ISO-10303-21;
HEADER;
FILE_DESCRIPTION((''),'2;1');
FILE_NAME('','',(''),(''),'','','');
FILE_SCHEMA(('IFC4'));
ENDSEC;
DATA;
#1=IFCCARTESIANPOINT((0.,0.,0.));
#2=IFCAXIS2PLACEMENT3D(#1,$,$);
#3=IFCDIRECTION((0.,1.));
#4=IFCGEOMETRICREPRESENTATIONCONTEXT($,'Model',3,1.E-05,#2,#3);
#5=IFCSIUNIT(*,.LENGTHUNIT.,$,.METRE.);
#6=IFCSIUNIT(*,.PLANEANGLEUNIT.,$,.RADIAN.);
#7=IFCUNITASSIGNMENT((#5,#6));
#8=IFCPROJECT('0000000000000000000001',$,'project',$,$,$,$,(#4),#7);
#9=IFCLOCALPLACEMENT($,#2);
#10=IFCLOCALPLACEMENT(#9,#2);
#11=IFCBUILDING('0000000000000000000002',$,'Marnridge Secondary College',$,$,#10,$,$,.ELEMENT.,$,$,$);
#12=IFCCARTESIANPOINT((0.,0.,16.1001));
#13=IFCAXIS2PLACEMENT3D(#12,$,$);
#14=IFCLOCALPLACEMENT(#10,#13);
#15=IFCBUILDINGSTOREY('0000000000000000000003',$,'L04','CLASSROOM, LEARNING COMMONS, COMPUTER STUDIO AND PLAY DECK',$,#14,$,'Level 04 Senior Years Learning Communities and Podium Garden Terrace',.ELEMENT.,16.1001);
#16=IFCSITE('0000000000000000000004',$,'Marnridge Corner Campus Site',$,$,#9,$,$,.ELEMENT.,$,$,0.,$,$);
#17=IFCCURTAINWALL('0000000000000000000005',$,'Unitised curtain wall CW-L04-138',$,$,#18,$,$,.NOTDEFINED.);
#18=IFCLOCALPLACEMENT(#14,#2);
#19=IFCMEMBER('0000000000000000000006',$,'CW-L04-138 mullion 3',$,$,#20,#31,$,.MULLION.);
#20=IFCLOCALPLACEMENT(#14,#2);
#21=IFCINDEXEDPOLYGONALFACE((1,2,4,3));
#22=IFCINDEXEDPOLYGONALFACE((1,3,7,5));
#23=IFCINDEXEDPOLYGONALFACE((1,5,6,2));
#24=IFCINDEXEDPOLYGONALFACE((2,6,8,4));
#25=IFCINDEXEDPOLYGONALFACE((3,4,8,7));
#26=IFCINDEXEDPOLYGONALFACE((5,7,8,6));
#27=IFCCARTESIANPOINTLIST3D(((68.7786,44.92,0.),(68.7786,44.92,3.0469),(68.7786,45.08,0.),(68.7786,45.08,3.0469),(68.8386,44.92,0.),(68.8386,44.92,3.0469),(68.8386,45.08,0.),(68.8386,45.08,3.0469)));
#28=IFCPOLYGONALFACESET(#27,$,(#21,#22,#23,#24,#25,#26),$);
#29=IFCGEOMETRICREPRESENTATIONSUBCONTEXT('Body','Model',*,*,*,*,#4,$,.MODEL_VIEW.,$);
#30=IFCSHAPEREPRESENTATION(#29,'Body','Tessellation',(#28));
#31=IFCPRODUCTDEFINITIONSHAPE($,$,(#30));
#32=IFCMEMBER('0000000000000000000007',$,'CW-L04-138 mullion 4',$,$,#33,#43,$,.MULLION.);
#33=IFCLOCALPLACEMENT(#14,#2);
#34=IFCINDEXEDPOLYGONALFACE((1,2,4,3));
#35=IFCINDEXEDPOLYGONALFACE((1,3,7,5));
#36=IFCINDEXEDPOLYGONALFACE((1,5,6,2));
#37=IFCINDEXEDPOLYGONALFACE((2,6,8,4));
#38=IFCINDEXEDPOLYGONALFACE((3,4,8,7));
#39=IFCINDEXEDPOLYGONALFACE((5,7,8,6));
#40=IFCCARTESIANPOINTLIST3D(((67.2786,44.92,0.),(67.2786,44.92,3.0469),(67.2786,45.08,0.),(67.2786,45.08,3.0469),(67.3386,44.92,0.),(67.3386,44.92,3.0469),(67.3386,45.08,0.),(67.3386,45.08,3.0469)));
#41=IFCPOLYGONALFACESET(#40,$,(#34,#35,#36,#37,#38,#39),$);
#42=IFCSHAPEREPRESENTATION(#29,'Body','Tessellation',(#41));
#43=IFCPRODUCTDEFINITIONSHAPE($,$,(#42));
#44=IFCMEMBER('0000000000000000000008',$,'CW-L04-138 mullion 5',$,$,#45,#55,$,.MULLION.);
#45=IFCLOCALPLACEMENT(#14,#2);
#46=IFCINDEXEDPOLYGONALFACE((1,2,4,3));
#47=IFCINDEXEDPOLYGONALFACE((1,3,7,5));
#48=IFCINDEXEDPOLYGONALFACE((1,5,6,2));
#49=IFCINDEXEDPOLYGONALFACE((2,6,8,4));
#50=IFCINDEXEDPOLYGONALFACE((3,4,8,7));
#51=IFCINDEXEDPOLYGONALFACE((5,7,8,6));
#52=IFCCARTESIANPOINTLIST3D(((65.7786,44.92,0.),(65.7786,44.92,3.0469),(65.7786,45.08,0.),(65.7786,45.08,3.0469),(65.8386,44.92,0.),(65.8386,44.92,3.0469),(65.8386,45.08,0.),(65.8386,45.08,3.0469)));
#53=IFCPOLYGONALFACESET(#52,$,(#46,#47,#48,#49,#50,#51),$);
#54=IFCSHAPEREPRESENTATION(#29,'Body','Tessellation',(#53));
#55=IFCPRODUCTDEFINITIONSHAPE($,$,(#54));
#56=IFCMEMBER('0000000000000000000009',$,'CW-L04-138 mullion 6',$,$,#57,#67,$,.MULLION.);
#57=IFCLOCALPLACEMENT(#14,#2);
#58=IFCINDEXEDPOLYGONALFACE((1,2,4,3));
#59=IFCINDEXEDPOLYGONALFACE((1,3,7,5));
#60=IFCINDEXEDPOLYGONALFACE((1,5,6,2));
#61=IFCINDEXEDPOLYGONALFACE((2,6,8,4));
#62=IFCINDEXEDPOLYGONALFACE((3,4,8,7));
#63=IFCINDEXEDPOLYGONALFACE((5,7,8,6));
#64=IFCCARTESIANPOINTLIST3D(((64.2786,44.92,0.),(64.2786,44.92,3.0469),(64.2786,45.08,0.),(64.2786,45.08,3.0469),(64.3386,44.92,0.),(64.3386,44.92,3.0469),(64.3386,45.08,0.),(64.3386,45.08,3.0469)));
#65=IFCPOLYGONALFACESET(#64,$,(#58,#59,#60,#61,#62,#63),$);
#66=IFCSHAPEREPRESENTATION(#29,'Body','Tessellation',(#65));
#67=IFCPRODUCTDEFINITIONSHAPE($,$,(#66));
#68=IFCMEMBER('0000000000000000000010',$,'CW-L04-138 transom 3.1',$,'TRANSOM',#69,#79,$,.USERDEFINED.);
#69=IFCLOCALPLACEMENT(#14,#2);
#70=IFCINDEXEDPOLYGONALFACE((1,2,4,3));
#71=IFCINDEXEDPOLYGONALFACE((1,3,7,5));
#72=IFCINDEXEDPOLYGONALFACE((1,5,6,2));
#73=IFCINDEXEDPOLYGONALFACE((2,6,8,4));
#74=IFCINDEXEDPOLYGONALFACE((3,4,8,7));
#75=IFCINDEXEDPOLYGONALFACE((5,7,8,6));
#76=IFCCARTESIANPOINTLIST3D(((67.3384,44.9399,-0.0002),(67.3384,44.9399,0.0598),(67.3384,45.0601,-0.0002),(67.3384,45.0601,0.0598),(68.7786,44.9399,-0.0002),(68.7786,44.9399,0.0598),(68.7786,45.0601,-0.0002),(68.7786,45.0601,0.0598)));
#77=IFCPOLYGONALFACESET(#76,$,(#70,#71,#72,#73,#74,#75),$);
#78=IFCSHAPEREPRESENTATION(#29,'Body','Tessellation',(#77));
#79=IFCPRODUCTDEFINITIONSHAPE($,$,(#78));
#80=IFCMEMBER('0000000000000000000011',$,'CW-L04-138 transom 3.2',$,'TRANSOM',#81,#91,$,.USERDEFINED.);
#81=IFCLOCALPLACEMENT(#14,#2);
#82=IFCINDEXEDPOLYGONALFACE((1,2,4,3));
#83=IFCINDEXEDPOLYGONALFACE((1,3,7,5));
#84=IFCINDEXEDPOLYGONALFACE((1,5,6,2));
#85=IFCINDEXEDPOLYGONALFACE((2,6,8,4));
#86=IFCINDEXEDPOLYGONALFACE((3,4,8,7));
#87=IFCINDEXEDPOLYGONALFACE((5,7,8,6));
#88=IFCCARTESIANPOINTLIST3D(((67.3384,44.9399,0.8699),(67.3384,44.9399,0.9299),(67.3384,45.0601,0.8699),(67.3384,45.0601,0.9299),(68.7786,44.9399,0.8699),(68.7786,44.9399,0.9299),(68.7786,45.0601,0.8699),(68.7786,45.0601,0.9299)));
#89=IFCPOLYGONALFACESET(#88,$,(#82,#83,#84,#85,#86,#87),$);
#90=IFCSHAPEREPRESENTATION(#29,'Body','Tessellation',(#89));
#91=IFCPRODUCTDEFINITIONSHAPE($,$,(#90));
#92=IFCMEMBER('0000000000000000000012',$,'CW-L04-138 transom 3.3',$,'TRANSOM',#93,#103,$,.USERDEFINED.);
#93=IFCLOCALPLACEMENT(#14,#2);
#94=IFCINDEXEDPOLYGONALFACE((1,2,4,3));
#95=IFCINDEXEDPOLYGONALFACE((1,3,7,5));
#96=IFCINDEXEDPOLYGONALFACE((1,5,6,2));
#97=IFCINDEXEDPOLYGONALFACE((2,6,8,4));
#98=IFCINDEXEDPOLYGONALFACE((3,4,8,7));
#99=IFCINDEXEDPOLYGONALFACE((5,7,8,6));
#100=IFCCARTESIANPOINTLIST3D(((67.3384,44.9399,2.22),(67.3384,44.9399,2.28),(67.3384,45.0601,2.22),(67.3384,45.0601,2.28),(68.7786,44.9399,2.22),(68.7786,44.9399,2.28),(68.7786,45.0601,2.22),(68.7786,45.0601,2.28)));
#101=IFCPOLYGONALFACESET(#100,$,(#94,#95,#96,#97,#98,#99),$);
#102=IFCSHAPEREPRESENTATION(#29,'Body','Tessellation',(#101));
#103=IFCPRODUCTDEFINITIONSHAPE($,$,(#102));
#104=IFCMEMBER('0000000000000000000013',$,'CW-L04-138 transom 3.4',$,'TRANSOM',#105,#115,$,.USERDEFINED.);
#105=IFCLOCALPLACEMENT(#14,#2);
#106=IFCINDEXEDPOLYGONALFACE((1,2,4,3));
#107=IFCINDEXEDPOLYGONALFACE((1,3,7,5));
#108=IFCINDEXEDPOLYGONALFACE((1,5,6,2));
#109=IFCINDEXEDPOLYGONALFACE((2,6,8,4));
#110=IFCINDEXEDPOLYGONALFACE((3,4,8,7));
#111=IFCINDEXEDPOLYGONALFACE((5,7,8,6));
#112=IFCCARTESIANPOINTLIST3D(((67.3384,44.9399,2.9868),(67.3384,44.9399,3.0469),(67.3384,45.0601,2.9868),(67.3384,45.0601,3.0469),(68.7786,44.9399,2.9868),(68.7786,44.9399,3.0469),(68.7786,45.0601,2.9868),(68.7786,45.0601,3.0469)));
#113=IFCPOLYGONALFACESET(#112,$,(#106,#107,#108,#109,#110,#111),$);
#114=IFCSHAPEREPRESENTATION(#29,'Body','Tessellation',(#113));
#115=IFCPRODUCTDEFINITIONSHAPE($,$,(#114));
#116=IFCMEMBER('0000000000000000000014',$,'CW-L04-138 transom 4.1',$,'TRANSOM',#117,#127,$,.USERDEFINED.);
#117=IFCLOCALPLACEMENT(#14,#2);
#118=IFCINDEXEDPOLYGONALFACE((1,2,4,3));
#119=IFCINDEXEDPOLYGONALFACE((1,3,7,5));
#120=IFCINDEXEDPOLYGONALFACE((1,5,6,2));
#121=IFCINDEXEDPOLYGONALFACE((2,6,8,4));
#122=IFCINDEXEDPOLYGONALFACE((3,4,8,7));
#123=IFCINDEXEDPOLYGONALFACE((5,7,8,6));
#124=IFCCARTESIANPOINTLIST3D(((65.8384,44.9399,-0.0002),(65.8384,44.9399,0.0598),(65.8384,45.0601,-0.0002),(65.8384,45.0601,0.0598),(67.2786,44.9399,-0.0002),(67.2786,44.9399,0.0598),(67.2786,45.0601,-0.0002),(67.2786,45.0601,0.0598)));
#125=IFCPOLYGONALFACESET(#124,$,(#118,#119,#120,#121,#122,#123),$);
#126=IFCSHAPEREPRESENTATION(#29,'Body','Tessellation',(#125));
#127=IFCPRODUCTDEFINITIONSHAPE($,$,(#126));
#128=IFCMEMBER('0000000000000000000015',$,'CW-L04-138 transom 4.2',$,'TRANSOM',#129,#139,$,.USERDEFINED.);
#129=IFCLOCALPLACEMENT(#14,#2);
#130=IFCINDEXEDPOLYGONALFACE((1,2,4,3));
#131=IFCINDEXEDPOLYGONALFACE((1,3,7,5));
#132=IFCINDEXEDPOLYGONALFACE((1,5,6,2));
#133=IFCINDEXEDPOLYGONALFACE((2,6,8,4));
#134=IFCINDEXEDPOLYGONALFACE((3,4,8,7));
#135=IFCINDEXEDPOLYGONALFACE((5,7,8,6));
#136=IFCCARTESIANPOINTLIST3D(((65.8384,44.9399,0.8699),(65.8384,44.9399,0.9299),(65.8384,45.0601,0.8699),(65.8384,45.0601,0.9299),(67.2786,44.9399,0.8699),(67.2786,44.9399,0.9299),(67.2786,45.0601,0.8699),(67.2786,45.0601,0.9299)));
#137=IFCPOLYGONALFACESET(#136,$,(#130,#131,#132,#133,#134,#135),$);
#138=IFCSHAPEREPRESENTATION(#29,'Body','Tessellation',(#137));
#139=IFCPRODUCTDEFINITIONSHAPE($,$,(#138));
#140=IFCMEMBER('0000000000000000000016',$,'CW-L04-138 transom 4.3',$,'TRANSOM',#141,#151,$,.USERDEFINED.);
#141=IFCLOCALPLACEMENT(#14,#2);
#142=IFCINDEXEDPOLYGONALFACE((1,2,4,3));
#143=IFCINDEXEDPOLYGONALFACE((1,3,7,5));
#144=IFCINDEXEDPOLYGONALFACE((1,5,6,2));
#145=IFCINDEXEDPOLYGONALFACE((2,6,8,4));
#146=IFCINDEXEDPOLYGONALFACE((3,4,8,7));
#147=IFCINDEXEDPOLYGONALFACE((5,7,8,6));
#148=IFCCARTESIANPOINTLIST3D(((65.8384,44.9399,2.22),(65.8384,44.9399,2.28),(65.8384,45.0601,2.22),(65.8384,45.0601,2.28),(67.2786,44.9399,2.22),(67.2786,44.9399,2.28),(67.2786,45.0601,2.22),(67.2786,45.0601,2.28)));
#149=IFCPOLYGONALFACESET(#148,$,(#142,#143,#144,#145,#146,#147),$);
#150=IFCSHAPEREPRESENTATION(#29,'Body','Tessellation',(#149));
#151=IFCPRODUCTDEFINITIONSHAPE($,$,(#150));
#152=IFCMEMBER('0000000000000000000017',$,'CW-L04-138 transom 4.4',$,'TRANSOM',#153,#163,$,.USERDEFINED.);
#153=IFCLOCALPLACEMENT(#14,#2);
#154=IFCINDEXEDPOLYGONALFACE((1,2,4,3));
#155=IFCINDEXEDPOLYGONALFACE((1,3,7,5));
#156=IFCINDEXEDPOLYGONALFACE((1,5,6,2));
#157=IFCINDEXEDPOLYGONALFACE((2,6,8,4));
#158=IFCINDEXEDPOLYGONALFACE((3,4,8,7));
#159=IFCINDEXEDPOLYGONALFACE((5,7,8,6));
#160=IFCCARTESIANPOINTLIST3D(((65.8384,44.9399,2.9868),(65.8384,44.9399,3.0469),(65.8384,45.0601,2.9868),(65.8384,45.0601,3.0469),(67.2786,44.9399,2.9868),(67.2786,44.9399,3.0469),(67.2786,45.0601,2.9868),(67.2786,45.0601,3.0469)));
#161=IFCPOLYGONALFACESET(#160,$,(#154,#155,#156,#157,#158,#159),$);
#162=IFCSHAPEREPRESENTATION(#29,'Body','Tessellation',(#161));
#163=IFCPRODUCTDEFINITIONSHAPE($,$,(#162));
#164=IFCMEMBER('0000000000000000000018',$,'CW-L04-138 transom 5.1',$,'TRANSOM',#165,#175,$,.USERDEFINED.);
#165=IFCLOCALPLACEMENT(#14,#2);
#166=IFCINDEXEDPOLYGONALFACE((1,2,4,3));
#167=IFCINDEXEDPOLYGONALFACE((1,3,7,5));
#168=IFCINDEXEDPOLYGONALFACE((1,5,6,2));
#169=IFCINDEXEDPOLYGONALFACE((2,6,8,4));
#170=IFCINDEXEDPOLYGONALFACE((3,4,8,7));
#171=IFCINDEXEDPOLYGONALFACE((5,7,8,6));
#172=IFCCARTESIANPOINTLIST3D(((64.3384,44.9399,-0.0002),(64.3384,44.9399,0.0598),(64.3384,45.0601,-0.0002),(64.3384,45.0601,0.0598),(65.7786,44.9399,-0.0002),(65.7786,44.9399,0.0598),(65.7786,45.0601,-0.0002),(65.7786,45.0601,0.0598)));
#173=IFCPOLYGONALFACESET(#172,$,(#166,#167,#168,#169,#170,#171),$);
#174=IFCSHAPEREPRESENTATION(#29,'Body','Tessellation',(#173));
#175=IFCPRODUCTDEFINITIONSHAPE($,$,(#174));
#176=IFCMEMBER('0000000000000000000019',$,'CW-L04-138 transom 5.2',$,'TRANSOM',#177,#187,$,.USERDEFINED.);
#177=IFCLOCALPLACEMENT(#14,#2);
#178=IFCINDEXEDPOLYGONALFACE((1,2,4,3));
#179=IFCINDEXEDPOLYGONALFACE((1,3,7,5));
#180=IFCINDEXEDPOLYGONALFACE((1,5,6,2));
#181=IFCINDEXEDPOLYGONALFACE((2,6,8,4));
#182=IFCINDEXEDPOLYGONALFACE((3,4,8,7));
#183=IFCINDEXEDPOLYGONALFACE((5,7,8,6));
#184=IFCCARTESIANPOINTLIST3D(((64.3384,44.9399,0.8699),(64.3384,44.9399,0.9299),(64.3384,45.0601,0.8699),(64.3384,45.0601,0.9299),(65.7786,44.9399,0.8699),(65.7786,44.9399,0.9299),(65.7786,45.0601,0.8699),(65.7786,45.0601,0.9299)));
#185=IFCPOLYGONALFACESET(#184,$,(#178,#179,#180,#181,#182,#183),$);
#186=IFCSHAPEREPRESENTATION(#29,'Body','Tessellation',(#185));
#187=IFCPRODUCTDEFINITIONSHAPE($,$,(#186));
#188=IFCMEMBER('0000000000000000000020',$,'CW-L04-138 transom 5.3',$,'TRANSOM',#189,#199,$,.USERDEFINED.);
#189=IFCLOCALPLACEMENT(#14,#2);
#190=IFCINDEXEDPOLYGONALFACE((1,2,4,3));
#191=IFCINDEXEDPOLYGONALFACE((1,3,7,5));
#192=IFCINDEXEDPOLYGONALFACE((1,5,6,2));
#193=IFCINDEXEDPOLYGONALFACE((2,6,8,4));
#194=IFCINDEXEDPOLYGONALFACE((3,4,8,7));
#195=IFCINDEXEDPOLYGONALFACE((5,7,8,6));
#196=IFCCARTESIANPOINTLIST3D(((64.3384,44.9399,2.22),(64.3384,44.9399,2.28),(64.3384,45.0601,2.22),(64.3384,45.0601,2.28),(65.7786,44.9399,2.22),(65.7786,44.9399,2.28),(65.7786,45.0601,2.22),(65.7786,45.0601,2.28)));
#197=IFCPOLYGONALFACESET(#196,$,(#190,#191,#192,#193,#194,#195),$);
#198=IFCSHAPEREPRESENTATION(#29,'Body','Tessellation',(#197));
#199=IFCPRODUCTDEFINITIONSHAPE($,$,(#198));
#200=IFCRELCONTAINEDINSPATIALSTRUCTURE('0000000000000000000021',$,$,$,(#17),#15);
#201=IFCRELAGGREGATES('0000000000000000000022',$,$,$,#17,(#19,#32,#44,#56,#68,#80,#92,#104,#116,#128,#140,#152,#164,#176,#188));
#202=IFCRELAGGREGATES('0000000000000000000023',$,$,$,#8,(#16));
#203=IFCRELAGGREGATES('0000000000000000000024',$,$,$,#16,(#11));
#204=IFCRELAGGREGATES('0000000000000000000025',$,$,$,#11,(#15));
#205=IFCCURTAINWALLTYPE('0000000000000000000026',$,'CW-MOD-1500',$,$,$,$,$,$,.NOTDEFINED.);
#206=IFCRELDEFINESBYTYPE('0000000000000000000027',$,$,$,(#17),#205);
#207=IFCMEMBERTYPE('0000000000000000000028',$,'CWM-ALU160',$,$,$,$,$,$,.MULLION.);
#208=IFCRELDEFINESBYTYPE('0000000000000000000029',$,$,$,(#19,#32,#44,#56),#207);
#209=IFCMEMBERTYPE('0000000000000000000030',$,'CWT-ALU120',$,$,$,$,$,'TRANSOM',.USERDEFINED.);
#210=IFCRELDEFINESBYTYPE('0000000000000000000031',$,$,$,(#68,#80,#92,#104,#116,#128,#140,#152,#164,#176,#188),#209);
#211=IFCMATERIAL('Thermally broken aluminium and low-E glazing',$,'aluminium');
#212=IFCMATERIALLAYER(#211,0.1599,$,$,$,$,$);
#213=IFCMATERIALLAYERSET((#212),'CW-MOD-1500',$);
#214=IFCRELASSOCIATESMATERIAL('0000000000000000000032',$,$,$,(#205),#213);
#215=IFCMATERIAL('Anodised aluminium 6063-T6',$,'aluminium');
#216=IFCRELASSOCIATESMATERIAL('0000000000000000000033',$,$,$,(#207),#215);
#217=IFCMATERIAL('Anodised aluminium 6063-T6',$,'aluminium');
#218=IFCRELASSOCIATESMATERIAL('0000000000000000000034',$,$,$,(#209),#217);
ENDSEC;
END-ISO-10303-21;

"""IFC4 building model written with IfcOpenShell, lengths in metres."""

from ifc_helpers import new_model, si_unit, direction, frame, origin, origin_2d, place, context, subcontext, project, spatial, rectangle, extrude, material, layer, layer_set, material_profile, profile_set, type_object, element, aggregate, save


model = new_model("IFC4")

# Units and contexts
model_context = context("Model", 3, precision=1e-05, world=origin(), true_north=direction((0.0, 1.0)))
body_context = subcontext(model_context, "Body", "Model", "MODEL_VIEW")
ifc_project = project(units=[si_unit("LENGTHUNIT", "METRE"), si_unit("PLANEANGLEUNIT", "RADIAN")], contexts=[model_context])

# Site, building, storey
site_placement = place(None, origin())
site = spatial("IfcSite", under=ifc_project, at=site_placement, Name="Marnridge Corner Campus Site", CompositionType="ELEMENT", RefElevation=0.0)
building_placement = place(site_placement, origin())
building = spatial("IfcBuilding", under=site, at=building_placement, Name="Marnridge Secondary College", CompositionType="ELEMENT")
storey_placement = place(building_placement, frame((0.0, 0.0, 16.1001)))
storey = spatial("IfcBuildingStorey", under=building, at=storey_placement, Name="L04", Description="CLASSROOM, LEARNING COMMONS, COMPUTER STUDIO AND PLAY DECK", LongName="Level 04 Senior Years Learning Communities and Podium Garden Terrace", CompositionType="ELEMENT", Elevation=16.1001)

# Curtain wall, members
ifc_material_1 = material(Name="Thermally broken aluminium and low-E glazing", Category="aluminium")
ifc_layer_1 = layer(ifc_material_1, 0.1599)
ifc_layer_set_1 = layer_set([ifc_layer_1], Name="CW-MOD-1500")
curtain_wall_type = type_object("IfcCurtainWallType", Name="CW-MOD-1500", PredefinedType="NOTDEFINED", material=ifc_layer_set_1)
curtain_wall_placement = place(storey_placement, origin())
curtain_wall = element("IfcCurtainWall", 1, at=curtain_wall_placement, inside=storey, type_object=curtain_wall_type, Name="Unitised curtain wall CW-L04-138", PredefinedType="NOTDEFINED")
ifc_material_2 = material(Name="Anodised aluminium 6063-T6", Category="aluminium")
ifc_material_profile_1 = material_profile(ifc_material_2, rectangle(XDim=0.0601, YDim=0.1599, at=origin_2d()), Name="ALU 60x160")
ifc_profile_set_1 = profile_set([ifc_material_profile_1], Name="Anodised aluminium 6063-T6")
member_type_1 = type_object("IfcMemberType", Name="CWM-ALU160", PredefinedType="MULLION", material=ifc_profile_set_1)
member_1_placement = place(storey_placement, frame((68.8086, 45.0, 0.0), z_axis=(0.0, 0.0, 1.0), x_axis=(-1.0, 0.0, 0.0)))
member_1 = element("IfcMember", 2, at=member_1_placement, type_object=member_type_1, Name="CW-L04-138 mullion 3", PredefinedType="MULLION", context=body_context, shape_type="SweptSolid", body=[
    extrude(rectangle(XDim=0.0601, YDim=0.1599, at=origin_2d()), origin(), (0.0, 0.0, 1.0), 3.0469),
])
member_2_placement = place(storey_placement, frame((67.3086, 45.0, 0.0), z_axis=(0.0, 0.0, 1.0), x_axis=(-1.0, 0.0, 0.0)))
member_2 = element("IfcMember", 3, at=member_2_placement, type_object=member_type_1, Name="CW-L04-138 mullion 4", PredefinedType="MULLION", context=body_context, shape_type="SweptSolid", body=[
    extrude(rectangle(XDim=0.0601, YDim=0.1599, at=origin_2d()), origin(), (0.0, 0.0, 1.0), 3.0469),
])
member_3_placement = place(storey_placement, frame((65.8086, 45.0, 0.0), z_axis=(0.0, 0.0, 1.0), x_axis=(-1.0, 0.0, 0.0)))
member_3 = element("IfcMember", 4, at=member_3_placement, type_object=member_type_1, Name="CW-L04-138 mullion 5", PredefinedType="MULLION", context=body_context, shape_type="SweptSolid", body=[
    extrude(rectangle(XDim=0.0601, YDim=0.1599, at=origin_2d()), origin(), (0.0, 0.0, 1.0), 3.0469),
])
member_4_placement = place(storey_placement, frame((64.3086, 45.0, 0.0), z_axis=(0.0, 0.0, 1.0), x_axis=(-1.0, 0.0, 0.0)))
member_4 = element("IfcMember", 5, at=member_4_placement, type_object=member_type_1, Name="CW-L04-138 mullion 6", PredefinedType="MULLION", context=body_context, shape_type="SweptSolid", body=[
    extrude(rectangle(XDim=0.0601, YDim=0.1599, at=origin_2d()), origin(), (0.0, 0.0, 1.0), 3.0469),
])
ifc_material_3 = material(Name="Anodised aluminium 6063-T6", Category="aluminium")
ifc_material_profile_2 = material_profile(ifc_material_3, rectangle(XDim=0.0601, YDim=0.1201, at=origin_2d()), Name="ALU 60x120")
ifc_profile_set_2 = profile_set([ifc_material_profile_2], Name="Anodised aluminium 6063-T6")
member_type_2 = type_object("IfcMemberType", Name="CWT-ALU120", ElementType="TRANSOM", PredefinedType="USERDEFINED", material=ifc_profile_set_2)
member_5_placement = place(storey_placement, frame((68.7786, 45.0, 0.0298), z_axis=(-1.0, 0.0, 0.0), x_axis=(0.0, 0.0, 1.0)))
member_5 = element("IfcMember", 6, at=member_5_placement, type_object=member_type_2, Name="CW-L04-138 transom 3.1", ObjectType="TRANSOM", PredefinedType="USERDEFINED", context=body_context, shape_type="SweptSolid", body=[
    extrude(rectangle(XDim=0.0601, YDim=0.1201, at=origin_2d()), origin(), (0.0, 0.0, 1.0), 1.4402),
])
member_6_placement = place(storey_placement, frame((68.7786, 45.0, 0.8999), z_axis=(-1.0, 0.0, 0.0), x_axis=(0.0, 0.0, 1.0)))
member_6 = element("IfcMember", 7, at=member_6_placement, type_object=member_type_2, Name="CW-L04-138 transom 3.2", ObjectType="TRANSOM", PredefinedType="USERDEFINED", context=body_context, shape_type="SweptSolid", body=[
    extrude(rectangle(XDim=0.0601, YDim=0.1201, at=origin_2d()), origin(), (0.0, 0.0, 1.0), 1.4402),
])
member_7_placement = place(storey_placement, frame((68.7786, 45.0, 2.25), z_axis=(-1.0, 0.0, 0.0), x_axis=(0.0, 0.0, 1.0)))
member_7 = element("IfcMember", 8, at=member_7_placement, type_object=member_type_2, Name="CW-L04-138 transom 3.3", ObjectType="TRANSOM", PredefinedType="USERDEFINED", context=body_context, shape_type="SweptSolid", body=[
    extrude(rectangle(XDim=0.0601, YDim=0.1201, at=origin_2d()), origin(), (0.0, 0.0, 1.0), 1.4402),
])
member_8_placement = place(storey_placement, frame((68.7786, 45.0, 3.0168), z_axis=(-1.0, 0.0, 0.0), x_axis=(0.0, 0.0, 1.0)))
member_8 = element("IfcMember", 9, at=member_8_placement, type_object=member_type_2, Name="CW-L04-138 transom 3.4", ObjectType="TRANSOM", PredefinedType="USERDEFINED", context=body_context, shape_type="SweptSolid", body=[
    extrude(rectangle(XDim=0.0601, YDim=0.1201, at=origin_2d()), origin(), (0.0, 0.0, 1.0), 1.4402),
])
member_9_placement = place(storey_placement, frame((67.2786, 45.0, 0.0298), z_axis=(-1.0, 0.0, 0.0), x_axis=(0.0, 0.0, 1.0)))
member_9 = element("IfcMember", 10, at=member_9_placement, type_object=member_type_2, Name="CW-L04-138 transom 4.1", ObjectType="TRANSOM", PredefinedType="USERDEFINED", context=body_context, shape_type="SweptSolid", body=[
    extrude(rectangle(XDim=0.0601, YDim=0.1201, at=origin_2d()), origin(), (0.0, 0.0, 1.0), 1.4402),
])
member_10_placement = place(storey_placement, frame((67.2786, 45.0, 0.8999), z_axis=(-1.0, 0.0, 0.0), x_axis=(0.0, 0.0, 1.0)))
member_10 = element("IfcMember", 11, at=member_10_placement, type_object=member_type_2, Name="CW-L04-138 transom 4.2", ObjectType="TRANSOM", PredefinedType="USERDEFINED", context=body_context, shape_type="SweptSolid", body=[
    extrude(rectangle(XDim=0.0601, YDim=0.1201, at=origin_2d()), origin(), (0.0, 0.0, 1.0), 1.4402),
])
member_11_placement = place(storey_placement, frame((67.2786, 45.0, 2.25), z_axis=(-1.0, 0.0, 0.0), x_axis=(0.0, 0.0, 1.0)))
member_11 = element("IfcMember", 12, at=member_11_placement, type_object=member_type_2, Name="CW-L04-138 transom 4.3", ObjectType="TRANSOM", PredefinedType="USERDEFINED", context=body_context, shape_type="SweptSolid", body=[
    extrude(rectangle(XDim=0.0601, YDim=0.1201, at=origin_2d()), origin(), (0.0, 0.0, 1.0), 1.4402),
])
member_12_placement = place(storey_placement, frame((67.2786, 45.0, 3.0168), z_axis=(-1.0, 0.0, 0.0), x_axis=(0.0, 0.0, 1.0)))
member_12 = element("IfcMember", 13, at=member_12_placement, type_object=member_type_2, Name="CW-L04-138 transom 4.4", ObjectType="TRANSOM", PredefinedType="USERDEFINED", context=body_context, shape_type="SweptSolid", body=[
    extrude(rectangle(XDim=0.0601, YDim=0.1201, at=origin_2d()), origin(), (0.0, 0.0, 1.0), 1.4402),
])
member_13_placement = place(storey_placement, frame((65.7786, 45.0, 0.0298), z_axis=(-1.0, 0.0, 0.0), x_axis=(0.0, 0.0, 1.0)))
member_13 = element("IfcMember", 14, at=member_13_placement, type_object=member_type_2, Name="CW-L04-138 transom 5.1", ObjectType="TRANSOM", PredefinedType="USERDEFINED", context=body_context, shape_type="SweptSolid", body=[
    extrude(rectangle(XDim=0.0601, YDim=0.1201, at=origin_2d()), origin(), (0.0, 0.0, 1.0), 1.4402),
])
member_14_placement = place(storey_placement, frame((65.7786, 45.0, 0.8999), z_axis=(-1.0, 0.0, 0.0), x_axis=(0.0, 0.0, 1.0)))
member_14 = element("IfcMember", 15, at=member_14_placement, type_object=member_type_2, Name="CW-L04-138 transom 5.2", ObjectType="TRANSOM", PredefinedType="USERDEFINED", context=body_context, shape_type="SweptSolid", body=[
    extrude(rectangle(XDim=0.0601, YDim=0.1201, at=origin_2d()), origin(), (0.0, 0.0, 1.0), 1.4402),
])
member_15_placement = place(storey_placement, frame((65.7786, 45.0, 2.25), z_axis=(-1.0, 0.0, 0.0), x_axis=(0.0, 0.0, 1.0)))
member_15 = element("IfcMember", 16, at=member_15_placement, type_object=member_type_2, Name="CW-L04-138 transom 5.3", ObjectType="TRANSOM", PredefinedType="USERDEFINED", context=body_context, shape_type="SweptSolid", body=[
    extrude(rectangle(XDim=0.0601, YDim=0.1201, at=origin_2d()), origin(), (0.0, 0.0, 1.0), 1.4402),
])
aggregate(curtain_wall, [member_1, member_2, member_3, member_4, member_5, member_6, member_7, member_8, member_9, member_10, member_11, member_12, member_13, member_14, member_15])

save(model, "model.ifc")
